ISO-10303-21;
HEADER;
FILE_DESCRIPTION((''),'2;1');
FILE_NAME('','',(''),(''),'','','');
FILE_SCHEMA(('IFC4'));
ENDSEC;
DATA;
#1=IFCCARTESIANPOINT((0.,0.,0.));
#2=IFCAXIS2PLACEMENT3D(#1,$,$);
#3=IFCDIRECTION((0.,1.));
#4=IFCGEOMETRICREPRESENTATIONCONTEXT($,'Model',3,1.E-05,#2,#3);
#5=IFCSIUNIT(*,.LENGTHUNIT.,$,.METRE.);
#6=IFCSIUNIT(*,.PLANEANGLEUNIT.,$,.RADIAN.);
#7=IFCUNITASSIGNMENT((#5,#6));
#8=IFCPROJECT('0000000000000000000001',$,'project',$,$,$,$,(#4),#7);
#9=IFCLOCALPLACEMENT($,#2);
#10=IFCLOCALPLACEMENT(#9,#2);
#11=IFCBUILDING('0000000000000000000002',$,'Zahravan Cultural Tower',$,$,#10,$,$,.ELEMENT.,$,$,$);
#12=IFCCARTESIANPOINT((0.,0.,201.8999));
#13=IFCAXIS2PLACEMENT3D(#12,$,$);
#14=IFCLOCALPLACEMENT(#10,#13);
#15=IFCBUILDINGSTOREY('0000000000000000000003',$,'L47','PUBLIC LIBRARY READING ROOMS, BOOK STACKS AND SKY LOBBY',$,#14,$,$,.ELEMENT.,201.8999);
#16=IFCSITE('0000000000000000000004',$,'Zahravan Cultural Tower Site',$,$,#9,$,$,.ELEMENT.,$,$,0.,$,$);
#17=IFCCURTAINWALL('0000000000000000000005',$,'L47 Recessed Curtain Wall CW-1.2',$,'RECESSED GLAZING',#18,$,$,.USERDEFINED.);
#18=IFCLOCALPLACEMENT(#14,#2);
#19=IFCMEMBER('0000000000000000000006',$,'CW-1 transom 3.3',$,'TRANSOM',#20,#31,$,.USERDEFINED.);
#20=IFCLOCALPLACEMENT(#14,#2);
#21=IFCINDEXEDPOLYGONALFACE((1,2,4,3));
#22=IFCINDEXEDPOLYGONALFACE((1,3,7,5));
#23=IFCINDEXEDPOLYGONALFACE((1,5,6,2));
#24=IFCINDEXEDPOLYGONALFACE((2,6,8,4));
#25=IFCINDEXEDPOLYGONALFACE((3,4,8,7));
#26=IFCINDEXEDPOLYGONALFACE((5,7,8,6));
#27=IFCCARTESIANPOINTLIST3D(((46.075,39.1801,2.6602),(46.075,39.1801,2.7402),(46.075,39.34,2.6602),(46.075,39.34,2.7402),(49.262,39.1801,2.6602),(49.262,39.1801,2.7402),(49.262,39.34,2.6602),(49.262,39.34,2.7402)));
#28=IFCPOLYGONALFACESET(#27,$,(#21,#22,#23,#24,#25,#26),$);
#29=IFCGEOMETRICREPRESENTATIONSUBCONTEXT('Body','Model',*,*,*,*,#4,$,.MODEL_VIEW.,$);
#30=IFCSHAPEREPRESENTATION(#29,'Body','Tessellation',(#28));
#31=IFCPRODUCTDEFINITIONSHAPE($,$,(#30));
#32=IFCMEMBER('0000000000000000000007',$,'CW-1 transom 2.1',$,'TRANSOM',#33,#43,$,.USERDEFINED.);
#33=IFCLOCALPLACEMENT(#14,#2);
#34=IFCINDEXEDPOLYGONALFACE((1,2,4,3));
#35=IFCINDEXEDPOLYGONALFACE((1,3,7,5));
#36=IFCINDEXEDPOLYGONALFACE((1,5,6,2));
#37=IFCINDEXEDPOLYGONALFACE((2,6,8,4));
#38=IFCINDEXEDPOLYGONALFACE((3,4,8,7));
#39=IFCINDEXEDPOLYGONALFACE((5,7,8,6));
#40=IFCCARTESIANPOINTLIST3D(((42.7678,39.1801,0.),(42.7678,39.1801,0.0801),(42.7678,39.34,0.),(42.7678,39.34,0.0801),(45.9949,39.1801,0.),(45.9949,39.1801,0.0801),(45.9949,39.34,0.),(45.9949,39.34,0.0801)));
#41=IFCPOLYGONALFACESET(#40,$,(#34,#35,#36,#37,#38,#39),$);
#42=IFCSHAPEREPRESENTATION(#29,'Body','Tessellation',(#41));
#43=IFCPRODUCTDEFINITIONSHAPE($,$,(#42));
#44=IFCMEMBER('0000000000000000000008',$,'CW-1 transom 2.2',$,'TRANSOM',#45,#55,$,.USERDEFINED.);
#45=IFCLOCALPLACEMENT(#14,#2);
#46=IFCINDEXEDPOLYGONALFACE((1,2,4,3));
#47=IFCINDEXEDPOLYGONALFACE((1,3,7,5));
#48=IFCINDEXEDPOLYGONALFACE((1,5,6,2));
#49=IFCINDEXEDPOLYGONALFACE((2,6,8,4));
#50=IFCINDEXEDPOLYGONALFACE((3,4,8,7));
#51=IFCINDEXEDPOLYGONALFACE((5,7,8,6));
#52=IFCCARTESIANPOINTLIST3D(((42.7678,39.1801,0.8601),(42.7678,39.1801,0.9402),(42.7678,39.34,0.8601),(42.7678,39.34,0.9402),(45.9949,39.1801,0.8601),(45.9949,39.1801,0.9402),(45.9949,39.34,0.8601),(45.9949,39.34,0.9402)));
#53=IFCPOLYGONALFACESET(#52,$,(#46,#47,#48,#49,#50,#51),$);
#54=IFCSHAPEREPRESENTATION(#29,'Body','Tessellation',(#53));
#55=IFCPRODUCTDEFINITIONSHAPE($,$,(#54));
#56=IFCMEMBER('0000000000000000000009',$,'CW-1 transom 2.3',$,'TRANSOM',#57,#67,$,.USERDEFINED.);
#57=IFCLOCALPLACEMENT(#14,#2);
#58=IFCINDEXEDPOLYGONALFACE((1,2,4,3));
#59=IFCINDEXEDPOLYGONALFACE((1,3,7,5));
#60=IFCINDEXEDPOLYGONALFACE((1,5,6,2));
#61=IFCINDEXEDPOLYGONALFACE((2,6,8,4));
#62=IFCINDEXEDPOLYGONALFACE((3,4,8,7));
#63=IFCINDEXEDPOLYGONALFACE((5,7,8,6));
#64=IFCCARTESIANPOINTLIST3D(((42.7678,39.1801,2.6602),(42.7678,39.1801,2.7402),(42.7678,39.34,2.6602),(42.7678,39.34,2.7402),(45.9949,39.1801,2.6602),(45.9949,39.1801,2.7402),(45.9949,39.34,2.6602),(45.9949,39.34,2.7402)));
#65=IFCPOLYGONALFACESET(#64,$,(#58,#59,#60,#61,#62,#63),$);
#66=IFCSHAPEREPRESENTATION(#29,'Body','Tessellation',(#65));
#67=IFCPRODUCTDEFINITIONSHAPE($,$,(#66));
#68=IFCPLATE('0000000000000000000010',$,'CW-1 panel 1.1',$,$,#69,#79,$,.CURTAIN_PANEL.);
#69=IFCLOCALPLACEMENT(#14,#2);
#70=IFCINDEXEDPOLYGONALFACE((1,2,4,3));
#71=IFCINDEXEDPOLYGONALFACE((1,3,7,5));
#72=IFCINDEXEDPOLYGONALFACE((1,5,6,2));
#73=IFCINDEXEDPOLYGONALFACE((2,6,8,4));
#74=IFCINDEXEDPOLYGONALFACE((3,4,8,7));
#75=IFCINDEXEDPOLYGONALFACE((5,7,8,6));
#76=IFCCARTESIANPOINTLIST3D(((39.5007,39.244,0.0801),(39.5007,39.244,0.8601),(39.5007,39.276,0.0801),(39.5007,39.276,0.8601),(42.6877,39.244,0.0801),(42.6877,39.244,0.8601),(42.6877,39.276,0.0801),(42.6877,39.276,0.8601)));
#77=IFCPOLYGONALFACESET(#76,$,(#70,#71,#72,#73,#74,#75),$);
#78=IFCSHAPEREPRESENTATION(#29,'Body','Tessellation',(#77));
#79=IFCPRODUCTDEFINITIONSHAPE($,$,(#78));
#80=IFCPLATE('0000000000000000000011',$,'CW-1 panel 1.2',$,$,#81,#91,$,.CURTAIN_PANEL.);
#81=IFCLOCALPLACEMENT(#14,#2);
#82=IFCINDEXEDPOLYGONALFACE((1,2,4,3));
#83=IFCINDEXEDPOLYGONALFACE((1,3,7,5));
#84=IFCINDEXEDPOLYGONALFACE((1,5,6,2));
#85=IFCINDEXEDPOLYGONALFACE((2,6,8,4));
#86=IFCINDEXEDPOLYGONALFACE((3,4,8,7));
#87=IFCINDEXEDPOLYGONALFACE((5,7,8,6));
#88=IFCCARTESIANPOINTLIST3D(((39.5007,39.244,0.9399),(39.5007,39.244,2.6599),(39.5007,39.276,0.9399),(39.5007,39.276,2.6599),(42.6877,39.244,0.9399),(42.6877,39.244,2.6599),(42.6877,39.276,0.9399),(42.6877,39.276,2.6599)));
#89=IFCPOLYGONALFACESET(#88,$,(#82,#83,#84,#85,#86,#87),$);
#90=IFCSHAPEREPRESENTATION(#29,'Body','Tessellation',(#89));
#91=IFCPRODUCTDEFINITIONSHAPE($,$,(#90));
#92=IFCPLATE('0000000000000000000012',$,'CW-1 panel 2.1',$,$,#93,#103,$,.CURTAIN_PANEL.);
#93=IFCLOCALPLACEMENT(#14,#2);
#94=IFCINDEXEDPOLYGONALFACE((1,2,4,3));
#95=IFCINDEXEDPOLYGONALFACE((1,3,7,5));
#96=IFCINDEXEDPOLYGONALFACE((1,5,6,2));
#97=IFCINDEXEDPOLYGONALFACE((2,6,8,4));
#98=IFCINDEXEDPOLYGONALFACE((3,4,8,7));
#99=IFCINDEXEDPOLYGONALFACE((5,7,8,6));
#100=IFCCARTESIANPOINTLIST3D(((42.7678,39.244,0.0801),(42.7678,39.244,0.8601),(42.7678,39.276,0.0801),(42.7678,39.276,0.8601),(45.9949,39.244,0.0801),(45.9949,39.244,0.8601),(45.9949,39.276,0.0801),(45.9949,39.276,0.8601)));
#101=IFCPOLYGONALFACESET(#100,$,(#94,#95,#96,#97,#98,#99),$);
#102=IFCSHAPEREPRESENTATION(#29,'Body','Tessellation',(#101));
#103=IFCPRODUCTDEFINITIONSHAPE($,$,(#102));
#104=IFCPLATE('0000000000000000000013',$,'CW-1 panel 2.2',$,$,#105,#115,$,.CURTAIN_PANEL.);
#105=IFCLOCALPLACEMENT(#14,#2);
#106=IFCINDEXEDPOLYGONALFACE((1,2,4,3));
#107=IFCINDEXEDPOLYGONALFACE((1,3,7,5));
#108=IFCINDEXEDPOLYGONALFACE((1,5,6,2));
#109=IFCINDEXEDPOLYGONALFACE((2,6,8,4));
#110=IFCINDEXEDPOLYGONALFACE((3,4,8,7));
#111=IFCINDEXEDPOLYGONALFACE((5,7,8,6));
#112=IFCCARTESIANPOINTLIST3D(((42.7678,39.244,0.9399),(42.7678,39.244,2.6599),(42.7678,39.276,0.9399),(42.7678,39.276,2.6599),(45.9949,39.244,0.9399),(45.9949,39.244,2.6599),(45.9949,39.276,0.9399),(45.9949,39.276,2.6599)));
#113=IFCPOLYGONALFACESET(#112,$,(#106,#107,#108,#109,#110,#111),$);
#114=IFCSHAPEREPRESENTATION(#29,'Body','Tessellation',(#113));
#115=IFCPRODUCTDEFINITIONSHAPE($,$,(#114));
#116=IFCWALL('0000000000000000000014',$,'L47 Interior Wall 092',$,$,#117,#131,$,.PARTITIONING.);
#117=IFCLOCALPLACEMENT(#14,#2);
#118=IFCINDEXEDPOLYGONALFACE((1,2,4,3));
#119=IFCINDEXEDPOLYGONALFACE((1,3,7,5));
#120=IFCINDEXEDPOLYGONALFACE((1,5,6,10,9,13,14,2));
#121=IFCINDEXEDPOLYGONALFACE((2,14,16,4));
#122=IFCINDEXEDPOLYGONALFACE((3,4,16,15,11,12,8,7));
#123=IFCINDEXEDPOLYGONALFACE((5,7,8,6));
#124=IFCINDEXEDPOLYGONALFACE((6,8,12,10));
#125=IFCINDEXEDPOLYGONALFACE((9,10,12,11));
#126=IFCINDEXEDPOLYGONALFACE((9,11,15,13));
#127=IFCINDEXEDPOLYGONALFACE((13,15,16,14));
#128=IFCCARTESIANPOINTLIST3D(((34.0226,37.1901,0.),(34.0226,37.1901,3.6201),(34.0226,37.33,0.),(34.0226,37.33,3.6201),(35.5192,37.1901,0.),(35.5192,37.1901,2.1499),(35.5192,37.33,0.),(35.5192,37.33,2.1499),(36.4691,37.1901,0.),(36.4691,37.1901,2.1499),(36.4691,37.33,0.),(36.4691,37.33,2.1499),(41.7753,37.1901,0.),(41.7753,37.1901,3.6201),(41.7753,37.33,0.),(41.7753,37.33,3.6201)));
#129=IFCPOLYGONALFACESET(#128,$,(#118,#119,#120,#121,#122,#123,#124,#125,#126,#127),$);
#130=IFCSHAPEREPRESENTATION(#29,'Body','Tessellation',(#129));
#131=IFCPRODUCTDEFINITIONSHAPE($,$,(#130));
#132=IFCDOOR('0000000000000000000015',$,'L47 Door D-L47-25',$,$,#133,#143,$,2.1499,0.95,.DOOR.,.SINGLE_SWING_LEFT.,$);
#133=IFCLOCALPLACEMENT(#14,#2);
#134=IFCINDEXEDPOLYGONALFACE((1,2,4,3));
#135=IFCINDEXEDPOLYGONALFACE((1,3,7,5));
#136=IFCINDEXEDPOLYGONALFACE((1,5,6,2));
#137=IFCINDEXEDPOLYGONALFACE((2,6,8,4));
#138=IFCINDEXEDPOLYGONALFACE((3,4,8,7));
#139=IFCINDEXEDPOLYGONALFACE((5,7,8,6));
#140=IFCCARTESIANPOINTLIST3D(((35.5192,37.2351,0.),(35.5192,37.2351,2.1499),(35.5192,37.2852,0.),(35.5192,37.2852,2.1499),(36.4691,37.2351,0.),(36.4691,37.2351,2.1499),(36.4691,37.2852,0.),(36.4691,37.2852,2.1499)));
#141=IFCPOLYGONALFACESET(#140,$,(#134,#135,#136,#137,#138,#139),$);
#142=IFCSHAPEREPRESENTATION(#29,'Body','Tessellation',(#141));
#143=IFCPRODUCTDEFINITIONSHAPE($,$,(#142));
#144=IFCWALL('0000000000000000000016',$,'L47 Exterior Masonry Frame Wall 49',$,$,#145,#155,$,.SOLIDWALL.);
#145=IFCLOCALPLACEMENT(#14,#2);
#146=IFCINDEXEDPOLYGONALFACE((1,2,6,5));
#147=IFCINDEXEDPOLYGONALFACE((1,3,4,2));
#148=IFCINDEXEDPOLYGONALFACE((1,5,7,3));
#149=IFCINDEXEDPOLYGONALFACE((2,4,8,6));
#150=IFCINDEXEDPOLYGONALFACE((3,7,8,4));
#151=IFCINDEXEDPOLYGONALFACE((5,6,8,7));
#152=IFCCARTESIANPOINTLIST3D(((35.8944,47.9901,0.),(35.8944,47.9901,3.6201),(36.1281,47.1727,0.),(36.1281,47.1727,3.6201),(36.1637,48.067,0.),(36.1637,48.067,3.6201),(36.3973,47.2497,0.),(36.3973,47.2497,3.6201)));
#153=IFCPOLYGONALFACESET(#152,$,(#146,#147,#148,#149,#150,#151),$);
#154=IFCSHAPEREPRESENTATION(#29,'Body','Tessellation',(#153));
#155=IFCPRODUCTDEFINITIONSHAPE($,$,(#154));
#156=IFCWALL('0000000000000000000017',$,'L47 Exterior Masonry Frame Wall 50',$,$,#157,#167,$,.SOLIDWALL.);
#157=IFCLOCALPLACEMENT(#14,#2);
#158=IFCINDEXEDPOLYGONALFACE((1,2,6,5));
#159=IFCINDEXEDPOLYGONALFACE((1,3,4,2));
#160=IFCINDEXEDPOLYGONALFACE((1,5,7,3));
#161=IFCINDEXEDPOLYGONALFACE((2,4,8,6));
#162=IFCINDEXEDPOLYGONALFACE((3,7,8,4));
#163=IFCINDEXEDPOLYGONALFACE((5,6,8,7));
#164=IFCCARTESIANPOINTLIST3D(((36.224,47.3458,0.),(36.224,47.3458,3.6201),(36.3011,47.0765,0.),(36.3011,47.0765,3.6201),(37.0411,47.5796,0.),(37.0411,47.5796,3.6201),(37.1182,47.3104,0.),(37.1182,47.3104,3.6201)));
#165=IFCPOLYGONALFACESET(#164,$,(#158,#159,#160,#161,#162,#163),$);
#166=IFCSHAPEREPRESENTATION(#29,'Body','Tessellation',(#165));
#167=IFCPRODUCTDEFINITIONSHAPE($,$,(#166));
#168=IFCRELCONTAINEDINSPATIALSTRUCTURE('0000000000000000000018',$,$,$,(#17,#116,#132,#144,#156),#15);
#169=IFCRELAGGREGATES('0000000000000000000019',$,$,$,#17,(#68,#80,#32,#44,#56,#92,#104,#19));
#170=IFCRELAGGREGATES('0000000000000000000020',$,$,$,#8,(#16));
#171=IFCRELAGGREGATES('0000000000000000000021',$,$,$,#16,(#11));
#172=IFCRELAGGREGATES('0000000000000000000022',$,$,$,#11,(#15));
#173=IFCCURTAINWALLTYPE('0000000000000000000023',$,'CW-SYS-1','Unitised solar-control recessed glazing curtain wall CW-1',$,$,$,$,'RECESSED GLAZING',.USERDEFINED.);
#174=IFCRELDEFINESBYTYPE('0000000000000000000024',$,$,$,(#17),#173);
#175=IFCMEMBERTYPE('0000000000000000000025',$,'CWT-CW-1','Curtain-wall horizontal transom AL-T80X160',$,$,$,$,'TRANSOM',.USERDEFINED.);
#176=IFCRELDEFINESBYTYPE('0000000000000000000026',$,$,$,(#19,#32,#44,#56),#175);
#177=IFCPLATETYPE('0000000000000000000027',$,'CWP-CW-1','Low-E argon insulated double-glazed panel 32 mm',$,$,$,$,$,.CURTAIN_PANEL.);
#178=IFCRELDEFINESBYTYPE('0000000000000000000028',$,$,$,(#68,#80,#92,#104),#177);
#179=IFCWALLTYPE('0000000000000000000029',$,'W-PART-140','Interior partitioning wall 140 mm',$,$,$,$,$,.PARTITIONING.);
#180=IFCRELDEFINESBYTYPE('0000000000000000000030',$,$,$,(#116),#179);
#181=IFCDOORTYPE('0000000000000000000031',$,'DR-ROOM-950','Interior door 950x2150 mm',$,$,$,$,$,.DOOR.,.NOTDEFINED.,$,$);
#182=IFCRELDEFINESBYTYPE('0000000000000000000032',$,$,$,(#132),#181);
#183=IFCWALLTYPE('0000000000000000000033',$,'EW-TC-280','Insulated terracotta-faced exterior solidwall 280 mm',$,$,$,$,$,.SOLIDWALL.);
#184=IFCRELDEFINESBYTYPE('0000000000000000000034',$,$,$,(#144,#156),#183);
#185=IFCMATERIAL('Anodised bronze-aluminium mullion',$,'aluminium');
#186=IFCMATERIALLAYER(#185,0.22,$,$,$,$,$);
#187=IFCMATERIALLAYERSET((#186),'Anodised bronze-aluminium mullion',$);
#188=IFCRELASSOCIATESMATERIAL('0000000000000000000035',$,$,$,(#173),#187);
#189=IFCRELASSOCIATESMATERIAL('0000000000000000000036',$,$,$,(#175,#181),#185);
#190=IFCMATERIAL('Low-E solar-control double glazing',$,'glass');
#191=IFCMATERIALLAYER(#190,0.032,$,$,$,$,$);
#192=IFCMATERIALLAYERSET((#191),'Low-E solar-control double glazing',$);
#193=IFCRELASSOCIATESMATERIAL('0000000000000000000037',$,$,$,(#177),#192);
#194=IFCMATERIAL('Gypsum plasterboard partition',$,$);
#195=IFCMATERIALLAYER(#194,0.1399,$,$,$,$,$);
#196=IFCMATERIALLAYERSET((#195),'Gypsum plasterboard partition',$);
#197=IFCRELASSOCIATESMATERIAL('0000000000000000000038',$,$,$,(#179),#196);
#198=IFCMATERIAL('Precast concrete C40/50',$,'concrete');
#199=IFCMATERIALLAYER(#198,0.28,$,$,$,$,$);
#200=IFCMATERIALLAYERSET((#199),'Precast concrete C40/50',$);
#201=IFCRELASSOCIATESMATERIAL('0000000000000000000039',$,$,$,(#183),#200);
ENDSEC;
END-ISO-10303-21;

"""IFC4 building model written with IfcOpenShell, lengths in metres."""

from ifc_helpers import new_model, si_unit, direction, frame, frame_2d, origin, origin_2d, place, context, subcontext, project, spatial, rectangle, extrude, source, transform, mapped, material, layer, layer_set, material_profile, profile_set, type_object, element, fill, aggregate, save


model = new_model("IFC4")

# Units and contexts
model_context = context("Model", 3, precision=1e-05, world=origin(), true_north=direction((0.0, 1.0)))
body_context = subcontext(model_context, "Body", "Model", "MODEL_VIEW")
ifc_project = project(units=[si_unit("LENGTHUNIT", "METRE"), si_unit("PLANEANGLEUNIT", "RADIAN")], contexts=[model_context])

# Site, building, storey
site_placement = place(None, origin())
site = spatial("IfcSite", under=ifc_project, at=site_placement, Name="Zahravan Cultural Tower Site", CompositionType="ELEMENT", RefElevation=0.0)
building_placement = place(site_placement, origin())
building = spatial("IfcBuilding", under=site, at=building_placement, Name="Zahravan Cultural Tower", CompositionType="ELEMENT")
storey_placement = place(building_placement, frame((0.0, 0.0, 201.8999)))
storey = spatial("IfcBuildingStorey", under=building, at=storey_placement, Name="L47", Description="PUBLIC LIBRARY READING ROOMS, BOOK STACKS AND SKY LOBBY", CompositionType="ELEMENT", Elevation=201.8999)

# Curtain wall, members, plates
ifc_material_1 = material(Name="Anodised bronze-aluminium mullion", Category="aluminium")
ifc_layer_1 = layer(ifc_material_1, 0.22)
ifc_layer_set_1 = layer_set([ifc_layer_1], Name="Anodised bronze-aluminium mullion")
curtain_wall_type = type_object("IfcCurtainWallType", Name="CW-SYS-1", Description="Unitised solar-control recessed glazing curtain wall CW-1", ElementType="RECESSED GLAZING", PredefinedType="USERDEFINED", material=ifc_layer_set_1)
curtain_wall_placement = place(storey_placement, origin())
curtain_wall = element("IfcCurtainWall", 1, at=curtain_wall_placement, inside=storey, type_object=curtain_wall_type, Name="L47 Recessed Curtain Wall CW-1.2", ObjectType="RECESSED GLAZING", PredefinedType="USERDEFINED")
ifc_material_profile_1 = material_profile(ifc_material_1, rectangle(XDim=0.1599, YDim=0.0801, at=origin_2d()), Name="AL-T80X160")
ifc_profile_set_1 = profile_set([ifc_material_profile_1], Name="Anodised bronze-aluminium mullion")
member_type_1 = type_object("IfcMemberType", Name="CWT-CW-1", Description="Curtain-wall horizontal transom AL-T80X160", ElementType="TRANSOM", PredefinedType="USERDEFINED", material=ifc_profile_set_1)
shared_shape_1 = source(origin(), body_context, "Body", "SweptSolid", [
    extrude(rectangle(XDim=0.1599, YDim=0.0801, at=origin_2d()), origin(), (0.0, 0.0, 1.0), 3.187),
])
member_1_placement = place(storey_placement, frame((46.075, 39.26, 2.7002), z_axis=(1.0, 0.0, 0.0), x_axis=(0.0, 1.0, 0.0)))
member_1 = element("IfcMember", 2, at=member_1_placement, type_object=member_type_1, Name="CW-1 transom 3.3", ObjectType="TRANSOM", PredefinedType="USERDEFINED", context=body_context, shape_type="MappedRepresentation", body=[
    mapped(shared_shape_1, transform((0.0, 0.0, 0.0), x_axis=(1.0, 0.0, 0.0), y_axis=(0.0, 1.0, 0.0), z_axis=(0.0, 0.0, 1.0), scale=1.0)),
])
shared_shape_2 = source(origin(), body_context, "Body", "SweptSolid", [
    extrude(rectangle(XDim=0.1599, YDim=0.0801, at=origin_2d()), origin(), (0.0, 0.0, 1.0), 3.2271),
])
member_2_placement = place(storey_placement, frame((42.7678, 39.26, 0.04), z_axis=(1.0, 0.0, 0.0), x_axis=(0.0, 1.0, 0.0)))
member_2 = element("IfcMember", 3, at=member_2_placement, type_object=member_type_1, Name="CW-1 transom 2.1", ObjectType="TRANSOM", PredefinedType="USERDEFINED", context=body_context, shape_type="MappedRepresentation", body=[
    mapped(shared_shape_2, transform((0.0, 0.0, 0.0), x_axis=(1.0, 0.0, 0.0), y_axis=(0.0, 1.0, 0.0), z_axis=(0.0, 0.0, 1.0), scale=1.0)),
])
member_3_placement = place(storey_placement, frame((42.7678, 39.26, 0.9001), z_axis=(1.0, 0.0, 0.0), x_axis=(0.0, 1.0, 0.0)))
member_3 = element("IfcMember", 4, at=member_3_placement, type_object=member_type_1, Name="CW-1 transom 2.2", ObjectType="TRANSOM", PredefinedType="USERDEFINED", context=body_context, shape_type="MappedRepresentation", body=[
    mapped(shared_shape_2, transform((0.0, 0.0, 0.0), x_axis=(1.0, 0.0, 0.0), y_axis=(0.0, 1.0, 0.0), z_axis=(0.0, 0.0, 1.0), scale=1.0)),
])
member_4_placement = place(storey_placement, frame((42.7678, 39.26, 2.7002), z_axis=(1.0, 0.0, 0.0), x_axis=(0.0, 1.0, 0.0)))
member_4 = element("IfcMember", 5, at=member_4_placement, type_object=member_type_1, Name="CW-1 transom 2.3", ObjectType="TRANSOM", PredefinedType="USERDEFINED", context=body_context, shape_type="MappedRepresentation", body=[
    mapped(shared_shape_2, transform((0.0, 0.0, 0.0), x_axis=(1.0, 0.0, 0.0), y_axis=(0.0, 1.0, 0.0), z_axis=(0.0, 0.0, 1.0), scale=1.0)),
])
ifc_material_2 = material(Name="Low-E solar-control double glazing", Category="glass")
ifc_layer_2 = layer(ifc_material_2, 0.032)
ifc_layer_set_2 = layer_set([ifc_layer_2], Name="Low-E solar-control double glazing")
plate_type = type_object("IfcPlateType", Name="CWP-CW-1", Description="Low-E argon insulated double-glazed panel 32 mm", PredefinedType="CURTAIN_PANEL", material=ifc_layer_set_2)
shared_shape_3 = source(origin(), body_context, "Body", "SweptSolid", [
    extrude(rectangle(XDim=3.187, YDim=0.032, at=origin_2d()), origin(), (0.0, 0.0, 1.0), 0.78),
])
plate_1_placement = place(storey_placement, frame((41.0942, 39.26, 0.0801), z_axis=(0.0, 0.0, 1.0), x_axis=(1.0, 0.0, 0.0)))
plate_1 = element("IfcPlate", 6, at=plate_1_placement, type_object=plate_type, Name="CW-1 panel 1.1", PredefinedType="CURTAIN_PANEL", context=body_context, shape_type="MappedRepresentation", body=[
    mapped(shared_shape_3, transform((0.0, 0.0, 0.0), x_axis=(1.0, 0.0, 0.0), y_axis=(0.0, 1.0, 0.0), z_axis=(0.0, 0.0, 1.0), scale=1.0)),
])
shared_shape_4 = source(origin(), body_context, "Body", "SweptSolid", [
    extrude(rectangle(XDim=3.187, YDim=0.032, at=origin_2d()), origin(), (0.0, 0.0, 1.0), 1.72),
])
plate_2_placement = place(storey_placement, frame((41.0942, 39.26, 0.9399), z_axis=(0.0, 0.0, 1.0), x_axis=(1.0, 0.0, 0.0)))
plate_2 = element("IfcPlate", 7, at=plate_2_placement, type_object=plate_type, Name="CW-1 panel 1.2", PredefinedType="CURTAIN_PANEL", context=body_context, shape_type="MappedRepresentation", body=[
    mapped(shared_shape_4, transform((0.0, 0.0, 0.0), x_axis=(1.0, 0.0, 0.0), y_axis=(0.0, 1.0, 0.0), z_axis=(0.0, 0.0, 1.0), scale=1.0)),
])
shared_shape_5 = source(origin(), body_context, "Body", "SweptSolid", [
    extrude(rectangle(XDim=3.2271, YDim=0.032, at=origin_2d()), origin(), (0.0, 0.0, 1.0), 0.78),
])
plate_3_placement = place(storey_placement, frame((44.3813, 39.26, 0.0801), z_axis=(0.0, 0.0, 1.0), x_axis=(1.0, 0.0, 0.0)))
plate_3 = element("IfcPlate", 8, at=plate_3_placement, type_object=plate_type, Name="CW-1 panel 2.1", PredefinedType="CURTAIN_PANEL", context=body_context, shape_type="MappedRepresentation", body=[
    mapped(shared_shape_5, transform((0.0, 0.0, 0.0), x_axis=(1.0, 0.0, 0.0), y_axis=(0.0, 1.0, 0.0), z_axis=(0.0, 0.0, 1.0), scale=1.0)),
])
shared_shape_6 = source(origin(), body_context, "Body", "SweptSolid", [
    extrude(rectangle(XDim=3.2271, YDim=0.032, at=origin_2d()), origin(), (0.0, 0.0, 1.0), 1.72),
])
plate_4_placement = place(storey_placement, frame((44.3813, 39.26, 0.9399), z_axis=(0.0, 0.0, 1.0), x_axis=(1.0, 0.0, 0.0)))
plate_4 = element("IfcPlate", 9, at=plate_4_placement, type_object=plate_type, Name="CW-1 panel 2.2", PredefinedType="CURTAIN_PANEL", context=body_context, shape_type="MappedRepresentation", body=[
    mapped(shared_shape_6, transform((0.0, 0.0, 0.0), x_axis=(1.0, 0.0, 0.0), y_axis=(0.0, 1.0, 0.0), z_axis=(0.0, 0.0, 1.0), scale=1.0)),
])
aggregate(curtain_wall, [plate_1, plate_2, member_2, member_3, member_4, plate_3, plate_4, member_1])

# Wall, opening, door
ifc_material_3 = material(Name="Gypsum plasterboard partition")
ifc_layer_3 = layer(ifc_material_3, 0.1399)
ifc_layer_set_3 = layer_set([ifc_layer_3], Name="Gypsum plasterboard partition")
wall_type_1 = type_object("IfcWallType", Name="W-PART-140", Description="Interior partitioning wall 140 mm", PredefinedType="PARTITIONING", material=ifc_layer_set_3)
wall_1_placement = place(storey_placement, frame((41.7754, 37.26, 0.0), z_axis=(0.0, 0.0, 1.0), x_axis=(-1.0, 0.0, 0.0)))
wall_1 = element("IfcWall", 10, at=wall_1_placement, inside=storey, type_object=wall_type_1, Name="L47 Interior Wall 092", PredefinedType="PARTITIONING", context=body_context, shape_type="SweptSolid", body=[
    extrude(rectangle(XDim=7.7527, YDim=0.1399, at=frame_2d((3.8765, 0.0))), origin(), (0.0, 0.0, 1.0), 3.6201),
])
opening_placement = place(wall_1_placement, frame((5.3062, 0.0, 0.0)))
opening = element("IfcOpeningElement", 11, at=opening_placement, cuts=wall_1, PredefinedType="OPENING", context=body_context, shape_type="SweptSolid", body=[
    extrude(rectangle(XDim=0.95, YDim=2.1499, at=frame_2d((0.4751, 1.075))), frame((0.0, 0.0798, 0.0), z_axis=(0.0, -1.0, 0.0), x_axis=(1.0, 0.0, 0.0)), (0.0, 0.0, 1.0), 0.1599),
])
door_type = type_object("IfcDoorType", Name="DR-ROOM-950", Description="Interior door 950x2150 mm", OperationType="NOTDEFINED", PredefinedType="DOOR", material=ifc_material_1)
shared_shape_7 = source(origin(), body_context, "Body", "SweptSolid", [
    extrude(rectangle(XDim=0.95, YDim=2.1499, at=frame_2d((0.4751, 1.075))), frame((0.0, 0.0249, 0.0), z_axis=(0.0, -1.0, 0.0), x_axis=(1.0, 0.0, 0.0)), (0.0, 0.0, 1.0), 0.05),
])
door_placement = place(opening_placement, origin())
door = element("IfcDoor", 12, at=door_placement, inside=storey, type_object=door_type, Name="L47 Door D-L47-25", OperationType="SINGLE_SWING_LEFT", OverallHeight=2.1499, OverallWidth=0.95, PredefinedType="DOOR", context=body_context, shape_type="MappedRepresentation", body=[
    mapped(shared_shape_7, transform((0.0, 0.0, 0.0), x_axis=(1.0, 0.0, 0.0), y_axis=(0.0, 1.0, 0.0), z_axis=(0.0, 0.0, 1.0), scale=1.0)),
])
fill(opening, door)

# Walls
ifc_material_4 = material(Name="Precast concrete C40/50", Category="concrete")
ifc_layer_4 = layer(ifc_material_4, 0.28)
ifc_layer_set_4 = layer_set([ifc_layer_4], Name="Precast concrete C40/50")
wall_type_2 = type_object("IfcWallType", Name="EW-TC-280", Description="Insulated terracotta-faced exterior solidwall 280 mm", PredefinedType="SOLIDWALL", material=ifc_layer_set_4)
shared_shape_8 = source(origin(), body_context, "Body", "SweptSolid", [
    extrude(rectangle(XDim=0.8501, YDim=0.28, at=frame_2d((0.425, 0.0))), origin(), (0.0, 0.0, 1.0), 3.6201),
])
wall_2_placement = place(storey_placement, frame((36.0291, 48.0286, 0.0), z_axis=(0.0, 0.0, 1.0), x_axis=(0.274835, -0.961491, 0.0)))
element("IfcWall", 13, at=wall_2_placement, inside=storey, type_object=wall_type_2, Name="L47 Exterior Masonry Frame Wall 49", PredefinedType="SOLIDWALL", context=body_context, shape_type="MappedRepresentation", body=[
    mapped(shared_shape_8, transform((0.0, 0.0, 0.0), x_axis=(1.0, 0.0, 0.0), y_axis=(0.0, 1.0, 0.0), z_axis=(0.0, 0.0, 1.0), scale=1.0)),
])
shared_shape_9 = source(origin(), body_context, "Body", "SweptSolid", [
    extrude(rectangle(XDim=0.8499, YDim=0.28, at=frame_2d((0.4248, 0.0))), origin(), (0.0, 0.0, 1.0), 3.6201),
])
wall_3_placement = place(storey_placement, frame((36.2627, 47.2112, 0.0), z_axis=(0.0, 0.0, 1.0), x_axis=(0.961394, 0.275176, 0.0)))
element("IfcWall", 14, at=wall_3_placement, inside=storey, type_object=wall_type_2, Name="L47 Exterior Masonry Frame Wall 50", PredefinedType="SOLIDWALL", context=body_context, shape_type="MappedRepresentation", body=[
    mapped(shared_shape_9, transform((0.0, 0.0, 0.0), x_axis=(1.0, 0.0, 0.0), y_axis=(0.0, 1.0, 0.0), z_axis=(0.0, 0.0, 1.0), scale=1.0)),
])

save(model, "model.ifc")
